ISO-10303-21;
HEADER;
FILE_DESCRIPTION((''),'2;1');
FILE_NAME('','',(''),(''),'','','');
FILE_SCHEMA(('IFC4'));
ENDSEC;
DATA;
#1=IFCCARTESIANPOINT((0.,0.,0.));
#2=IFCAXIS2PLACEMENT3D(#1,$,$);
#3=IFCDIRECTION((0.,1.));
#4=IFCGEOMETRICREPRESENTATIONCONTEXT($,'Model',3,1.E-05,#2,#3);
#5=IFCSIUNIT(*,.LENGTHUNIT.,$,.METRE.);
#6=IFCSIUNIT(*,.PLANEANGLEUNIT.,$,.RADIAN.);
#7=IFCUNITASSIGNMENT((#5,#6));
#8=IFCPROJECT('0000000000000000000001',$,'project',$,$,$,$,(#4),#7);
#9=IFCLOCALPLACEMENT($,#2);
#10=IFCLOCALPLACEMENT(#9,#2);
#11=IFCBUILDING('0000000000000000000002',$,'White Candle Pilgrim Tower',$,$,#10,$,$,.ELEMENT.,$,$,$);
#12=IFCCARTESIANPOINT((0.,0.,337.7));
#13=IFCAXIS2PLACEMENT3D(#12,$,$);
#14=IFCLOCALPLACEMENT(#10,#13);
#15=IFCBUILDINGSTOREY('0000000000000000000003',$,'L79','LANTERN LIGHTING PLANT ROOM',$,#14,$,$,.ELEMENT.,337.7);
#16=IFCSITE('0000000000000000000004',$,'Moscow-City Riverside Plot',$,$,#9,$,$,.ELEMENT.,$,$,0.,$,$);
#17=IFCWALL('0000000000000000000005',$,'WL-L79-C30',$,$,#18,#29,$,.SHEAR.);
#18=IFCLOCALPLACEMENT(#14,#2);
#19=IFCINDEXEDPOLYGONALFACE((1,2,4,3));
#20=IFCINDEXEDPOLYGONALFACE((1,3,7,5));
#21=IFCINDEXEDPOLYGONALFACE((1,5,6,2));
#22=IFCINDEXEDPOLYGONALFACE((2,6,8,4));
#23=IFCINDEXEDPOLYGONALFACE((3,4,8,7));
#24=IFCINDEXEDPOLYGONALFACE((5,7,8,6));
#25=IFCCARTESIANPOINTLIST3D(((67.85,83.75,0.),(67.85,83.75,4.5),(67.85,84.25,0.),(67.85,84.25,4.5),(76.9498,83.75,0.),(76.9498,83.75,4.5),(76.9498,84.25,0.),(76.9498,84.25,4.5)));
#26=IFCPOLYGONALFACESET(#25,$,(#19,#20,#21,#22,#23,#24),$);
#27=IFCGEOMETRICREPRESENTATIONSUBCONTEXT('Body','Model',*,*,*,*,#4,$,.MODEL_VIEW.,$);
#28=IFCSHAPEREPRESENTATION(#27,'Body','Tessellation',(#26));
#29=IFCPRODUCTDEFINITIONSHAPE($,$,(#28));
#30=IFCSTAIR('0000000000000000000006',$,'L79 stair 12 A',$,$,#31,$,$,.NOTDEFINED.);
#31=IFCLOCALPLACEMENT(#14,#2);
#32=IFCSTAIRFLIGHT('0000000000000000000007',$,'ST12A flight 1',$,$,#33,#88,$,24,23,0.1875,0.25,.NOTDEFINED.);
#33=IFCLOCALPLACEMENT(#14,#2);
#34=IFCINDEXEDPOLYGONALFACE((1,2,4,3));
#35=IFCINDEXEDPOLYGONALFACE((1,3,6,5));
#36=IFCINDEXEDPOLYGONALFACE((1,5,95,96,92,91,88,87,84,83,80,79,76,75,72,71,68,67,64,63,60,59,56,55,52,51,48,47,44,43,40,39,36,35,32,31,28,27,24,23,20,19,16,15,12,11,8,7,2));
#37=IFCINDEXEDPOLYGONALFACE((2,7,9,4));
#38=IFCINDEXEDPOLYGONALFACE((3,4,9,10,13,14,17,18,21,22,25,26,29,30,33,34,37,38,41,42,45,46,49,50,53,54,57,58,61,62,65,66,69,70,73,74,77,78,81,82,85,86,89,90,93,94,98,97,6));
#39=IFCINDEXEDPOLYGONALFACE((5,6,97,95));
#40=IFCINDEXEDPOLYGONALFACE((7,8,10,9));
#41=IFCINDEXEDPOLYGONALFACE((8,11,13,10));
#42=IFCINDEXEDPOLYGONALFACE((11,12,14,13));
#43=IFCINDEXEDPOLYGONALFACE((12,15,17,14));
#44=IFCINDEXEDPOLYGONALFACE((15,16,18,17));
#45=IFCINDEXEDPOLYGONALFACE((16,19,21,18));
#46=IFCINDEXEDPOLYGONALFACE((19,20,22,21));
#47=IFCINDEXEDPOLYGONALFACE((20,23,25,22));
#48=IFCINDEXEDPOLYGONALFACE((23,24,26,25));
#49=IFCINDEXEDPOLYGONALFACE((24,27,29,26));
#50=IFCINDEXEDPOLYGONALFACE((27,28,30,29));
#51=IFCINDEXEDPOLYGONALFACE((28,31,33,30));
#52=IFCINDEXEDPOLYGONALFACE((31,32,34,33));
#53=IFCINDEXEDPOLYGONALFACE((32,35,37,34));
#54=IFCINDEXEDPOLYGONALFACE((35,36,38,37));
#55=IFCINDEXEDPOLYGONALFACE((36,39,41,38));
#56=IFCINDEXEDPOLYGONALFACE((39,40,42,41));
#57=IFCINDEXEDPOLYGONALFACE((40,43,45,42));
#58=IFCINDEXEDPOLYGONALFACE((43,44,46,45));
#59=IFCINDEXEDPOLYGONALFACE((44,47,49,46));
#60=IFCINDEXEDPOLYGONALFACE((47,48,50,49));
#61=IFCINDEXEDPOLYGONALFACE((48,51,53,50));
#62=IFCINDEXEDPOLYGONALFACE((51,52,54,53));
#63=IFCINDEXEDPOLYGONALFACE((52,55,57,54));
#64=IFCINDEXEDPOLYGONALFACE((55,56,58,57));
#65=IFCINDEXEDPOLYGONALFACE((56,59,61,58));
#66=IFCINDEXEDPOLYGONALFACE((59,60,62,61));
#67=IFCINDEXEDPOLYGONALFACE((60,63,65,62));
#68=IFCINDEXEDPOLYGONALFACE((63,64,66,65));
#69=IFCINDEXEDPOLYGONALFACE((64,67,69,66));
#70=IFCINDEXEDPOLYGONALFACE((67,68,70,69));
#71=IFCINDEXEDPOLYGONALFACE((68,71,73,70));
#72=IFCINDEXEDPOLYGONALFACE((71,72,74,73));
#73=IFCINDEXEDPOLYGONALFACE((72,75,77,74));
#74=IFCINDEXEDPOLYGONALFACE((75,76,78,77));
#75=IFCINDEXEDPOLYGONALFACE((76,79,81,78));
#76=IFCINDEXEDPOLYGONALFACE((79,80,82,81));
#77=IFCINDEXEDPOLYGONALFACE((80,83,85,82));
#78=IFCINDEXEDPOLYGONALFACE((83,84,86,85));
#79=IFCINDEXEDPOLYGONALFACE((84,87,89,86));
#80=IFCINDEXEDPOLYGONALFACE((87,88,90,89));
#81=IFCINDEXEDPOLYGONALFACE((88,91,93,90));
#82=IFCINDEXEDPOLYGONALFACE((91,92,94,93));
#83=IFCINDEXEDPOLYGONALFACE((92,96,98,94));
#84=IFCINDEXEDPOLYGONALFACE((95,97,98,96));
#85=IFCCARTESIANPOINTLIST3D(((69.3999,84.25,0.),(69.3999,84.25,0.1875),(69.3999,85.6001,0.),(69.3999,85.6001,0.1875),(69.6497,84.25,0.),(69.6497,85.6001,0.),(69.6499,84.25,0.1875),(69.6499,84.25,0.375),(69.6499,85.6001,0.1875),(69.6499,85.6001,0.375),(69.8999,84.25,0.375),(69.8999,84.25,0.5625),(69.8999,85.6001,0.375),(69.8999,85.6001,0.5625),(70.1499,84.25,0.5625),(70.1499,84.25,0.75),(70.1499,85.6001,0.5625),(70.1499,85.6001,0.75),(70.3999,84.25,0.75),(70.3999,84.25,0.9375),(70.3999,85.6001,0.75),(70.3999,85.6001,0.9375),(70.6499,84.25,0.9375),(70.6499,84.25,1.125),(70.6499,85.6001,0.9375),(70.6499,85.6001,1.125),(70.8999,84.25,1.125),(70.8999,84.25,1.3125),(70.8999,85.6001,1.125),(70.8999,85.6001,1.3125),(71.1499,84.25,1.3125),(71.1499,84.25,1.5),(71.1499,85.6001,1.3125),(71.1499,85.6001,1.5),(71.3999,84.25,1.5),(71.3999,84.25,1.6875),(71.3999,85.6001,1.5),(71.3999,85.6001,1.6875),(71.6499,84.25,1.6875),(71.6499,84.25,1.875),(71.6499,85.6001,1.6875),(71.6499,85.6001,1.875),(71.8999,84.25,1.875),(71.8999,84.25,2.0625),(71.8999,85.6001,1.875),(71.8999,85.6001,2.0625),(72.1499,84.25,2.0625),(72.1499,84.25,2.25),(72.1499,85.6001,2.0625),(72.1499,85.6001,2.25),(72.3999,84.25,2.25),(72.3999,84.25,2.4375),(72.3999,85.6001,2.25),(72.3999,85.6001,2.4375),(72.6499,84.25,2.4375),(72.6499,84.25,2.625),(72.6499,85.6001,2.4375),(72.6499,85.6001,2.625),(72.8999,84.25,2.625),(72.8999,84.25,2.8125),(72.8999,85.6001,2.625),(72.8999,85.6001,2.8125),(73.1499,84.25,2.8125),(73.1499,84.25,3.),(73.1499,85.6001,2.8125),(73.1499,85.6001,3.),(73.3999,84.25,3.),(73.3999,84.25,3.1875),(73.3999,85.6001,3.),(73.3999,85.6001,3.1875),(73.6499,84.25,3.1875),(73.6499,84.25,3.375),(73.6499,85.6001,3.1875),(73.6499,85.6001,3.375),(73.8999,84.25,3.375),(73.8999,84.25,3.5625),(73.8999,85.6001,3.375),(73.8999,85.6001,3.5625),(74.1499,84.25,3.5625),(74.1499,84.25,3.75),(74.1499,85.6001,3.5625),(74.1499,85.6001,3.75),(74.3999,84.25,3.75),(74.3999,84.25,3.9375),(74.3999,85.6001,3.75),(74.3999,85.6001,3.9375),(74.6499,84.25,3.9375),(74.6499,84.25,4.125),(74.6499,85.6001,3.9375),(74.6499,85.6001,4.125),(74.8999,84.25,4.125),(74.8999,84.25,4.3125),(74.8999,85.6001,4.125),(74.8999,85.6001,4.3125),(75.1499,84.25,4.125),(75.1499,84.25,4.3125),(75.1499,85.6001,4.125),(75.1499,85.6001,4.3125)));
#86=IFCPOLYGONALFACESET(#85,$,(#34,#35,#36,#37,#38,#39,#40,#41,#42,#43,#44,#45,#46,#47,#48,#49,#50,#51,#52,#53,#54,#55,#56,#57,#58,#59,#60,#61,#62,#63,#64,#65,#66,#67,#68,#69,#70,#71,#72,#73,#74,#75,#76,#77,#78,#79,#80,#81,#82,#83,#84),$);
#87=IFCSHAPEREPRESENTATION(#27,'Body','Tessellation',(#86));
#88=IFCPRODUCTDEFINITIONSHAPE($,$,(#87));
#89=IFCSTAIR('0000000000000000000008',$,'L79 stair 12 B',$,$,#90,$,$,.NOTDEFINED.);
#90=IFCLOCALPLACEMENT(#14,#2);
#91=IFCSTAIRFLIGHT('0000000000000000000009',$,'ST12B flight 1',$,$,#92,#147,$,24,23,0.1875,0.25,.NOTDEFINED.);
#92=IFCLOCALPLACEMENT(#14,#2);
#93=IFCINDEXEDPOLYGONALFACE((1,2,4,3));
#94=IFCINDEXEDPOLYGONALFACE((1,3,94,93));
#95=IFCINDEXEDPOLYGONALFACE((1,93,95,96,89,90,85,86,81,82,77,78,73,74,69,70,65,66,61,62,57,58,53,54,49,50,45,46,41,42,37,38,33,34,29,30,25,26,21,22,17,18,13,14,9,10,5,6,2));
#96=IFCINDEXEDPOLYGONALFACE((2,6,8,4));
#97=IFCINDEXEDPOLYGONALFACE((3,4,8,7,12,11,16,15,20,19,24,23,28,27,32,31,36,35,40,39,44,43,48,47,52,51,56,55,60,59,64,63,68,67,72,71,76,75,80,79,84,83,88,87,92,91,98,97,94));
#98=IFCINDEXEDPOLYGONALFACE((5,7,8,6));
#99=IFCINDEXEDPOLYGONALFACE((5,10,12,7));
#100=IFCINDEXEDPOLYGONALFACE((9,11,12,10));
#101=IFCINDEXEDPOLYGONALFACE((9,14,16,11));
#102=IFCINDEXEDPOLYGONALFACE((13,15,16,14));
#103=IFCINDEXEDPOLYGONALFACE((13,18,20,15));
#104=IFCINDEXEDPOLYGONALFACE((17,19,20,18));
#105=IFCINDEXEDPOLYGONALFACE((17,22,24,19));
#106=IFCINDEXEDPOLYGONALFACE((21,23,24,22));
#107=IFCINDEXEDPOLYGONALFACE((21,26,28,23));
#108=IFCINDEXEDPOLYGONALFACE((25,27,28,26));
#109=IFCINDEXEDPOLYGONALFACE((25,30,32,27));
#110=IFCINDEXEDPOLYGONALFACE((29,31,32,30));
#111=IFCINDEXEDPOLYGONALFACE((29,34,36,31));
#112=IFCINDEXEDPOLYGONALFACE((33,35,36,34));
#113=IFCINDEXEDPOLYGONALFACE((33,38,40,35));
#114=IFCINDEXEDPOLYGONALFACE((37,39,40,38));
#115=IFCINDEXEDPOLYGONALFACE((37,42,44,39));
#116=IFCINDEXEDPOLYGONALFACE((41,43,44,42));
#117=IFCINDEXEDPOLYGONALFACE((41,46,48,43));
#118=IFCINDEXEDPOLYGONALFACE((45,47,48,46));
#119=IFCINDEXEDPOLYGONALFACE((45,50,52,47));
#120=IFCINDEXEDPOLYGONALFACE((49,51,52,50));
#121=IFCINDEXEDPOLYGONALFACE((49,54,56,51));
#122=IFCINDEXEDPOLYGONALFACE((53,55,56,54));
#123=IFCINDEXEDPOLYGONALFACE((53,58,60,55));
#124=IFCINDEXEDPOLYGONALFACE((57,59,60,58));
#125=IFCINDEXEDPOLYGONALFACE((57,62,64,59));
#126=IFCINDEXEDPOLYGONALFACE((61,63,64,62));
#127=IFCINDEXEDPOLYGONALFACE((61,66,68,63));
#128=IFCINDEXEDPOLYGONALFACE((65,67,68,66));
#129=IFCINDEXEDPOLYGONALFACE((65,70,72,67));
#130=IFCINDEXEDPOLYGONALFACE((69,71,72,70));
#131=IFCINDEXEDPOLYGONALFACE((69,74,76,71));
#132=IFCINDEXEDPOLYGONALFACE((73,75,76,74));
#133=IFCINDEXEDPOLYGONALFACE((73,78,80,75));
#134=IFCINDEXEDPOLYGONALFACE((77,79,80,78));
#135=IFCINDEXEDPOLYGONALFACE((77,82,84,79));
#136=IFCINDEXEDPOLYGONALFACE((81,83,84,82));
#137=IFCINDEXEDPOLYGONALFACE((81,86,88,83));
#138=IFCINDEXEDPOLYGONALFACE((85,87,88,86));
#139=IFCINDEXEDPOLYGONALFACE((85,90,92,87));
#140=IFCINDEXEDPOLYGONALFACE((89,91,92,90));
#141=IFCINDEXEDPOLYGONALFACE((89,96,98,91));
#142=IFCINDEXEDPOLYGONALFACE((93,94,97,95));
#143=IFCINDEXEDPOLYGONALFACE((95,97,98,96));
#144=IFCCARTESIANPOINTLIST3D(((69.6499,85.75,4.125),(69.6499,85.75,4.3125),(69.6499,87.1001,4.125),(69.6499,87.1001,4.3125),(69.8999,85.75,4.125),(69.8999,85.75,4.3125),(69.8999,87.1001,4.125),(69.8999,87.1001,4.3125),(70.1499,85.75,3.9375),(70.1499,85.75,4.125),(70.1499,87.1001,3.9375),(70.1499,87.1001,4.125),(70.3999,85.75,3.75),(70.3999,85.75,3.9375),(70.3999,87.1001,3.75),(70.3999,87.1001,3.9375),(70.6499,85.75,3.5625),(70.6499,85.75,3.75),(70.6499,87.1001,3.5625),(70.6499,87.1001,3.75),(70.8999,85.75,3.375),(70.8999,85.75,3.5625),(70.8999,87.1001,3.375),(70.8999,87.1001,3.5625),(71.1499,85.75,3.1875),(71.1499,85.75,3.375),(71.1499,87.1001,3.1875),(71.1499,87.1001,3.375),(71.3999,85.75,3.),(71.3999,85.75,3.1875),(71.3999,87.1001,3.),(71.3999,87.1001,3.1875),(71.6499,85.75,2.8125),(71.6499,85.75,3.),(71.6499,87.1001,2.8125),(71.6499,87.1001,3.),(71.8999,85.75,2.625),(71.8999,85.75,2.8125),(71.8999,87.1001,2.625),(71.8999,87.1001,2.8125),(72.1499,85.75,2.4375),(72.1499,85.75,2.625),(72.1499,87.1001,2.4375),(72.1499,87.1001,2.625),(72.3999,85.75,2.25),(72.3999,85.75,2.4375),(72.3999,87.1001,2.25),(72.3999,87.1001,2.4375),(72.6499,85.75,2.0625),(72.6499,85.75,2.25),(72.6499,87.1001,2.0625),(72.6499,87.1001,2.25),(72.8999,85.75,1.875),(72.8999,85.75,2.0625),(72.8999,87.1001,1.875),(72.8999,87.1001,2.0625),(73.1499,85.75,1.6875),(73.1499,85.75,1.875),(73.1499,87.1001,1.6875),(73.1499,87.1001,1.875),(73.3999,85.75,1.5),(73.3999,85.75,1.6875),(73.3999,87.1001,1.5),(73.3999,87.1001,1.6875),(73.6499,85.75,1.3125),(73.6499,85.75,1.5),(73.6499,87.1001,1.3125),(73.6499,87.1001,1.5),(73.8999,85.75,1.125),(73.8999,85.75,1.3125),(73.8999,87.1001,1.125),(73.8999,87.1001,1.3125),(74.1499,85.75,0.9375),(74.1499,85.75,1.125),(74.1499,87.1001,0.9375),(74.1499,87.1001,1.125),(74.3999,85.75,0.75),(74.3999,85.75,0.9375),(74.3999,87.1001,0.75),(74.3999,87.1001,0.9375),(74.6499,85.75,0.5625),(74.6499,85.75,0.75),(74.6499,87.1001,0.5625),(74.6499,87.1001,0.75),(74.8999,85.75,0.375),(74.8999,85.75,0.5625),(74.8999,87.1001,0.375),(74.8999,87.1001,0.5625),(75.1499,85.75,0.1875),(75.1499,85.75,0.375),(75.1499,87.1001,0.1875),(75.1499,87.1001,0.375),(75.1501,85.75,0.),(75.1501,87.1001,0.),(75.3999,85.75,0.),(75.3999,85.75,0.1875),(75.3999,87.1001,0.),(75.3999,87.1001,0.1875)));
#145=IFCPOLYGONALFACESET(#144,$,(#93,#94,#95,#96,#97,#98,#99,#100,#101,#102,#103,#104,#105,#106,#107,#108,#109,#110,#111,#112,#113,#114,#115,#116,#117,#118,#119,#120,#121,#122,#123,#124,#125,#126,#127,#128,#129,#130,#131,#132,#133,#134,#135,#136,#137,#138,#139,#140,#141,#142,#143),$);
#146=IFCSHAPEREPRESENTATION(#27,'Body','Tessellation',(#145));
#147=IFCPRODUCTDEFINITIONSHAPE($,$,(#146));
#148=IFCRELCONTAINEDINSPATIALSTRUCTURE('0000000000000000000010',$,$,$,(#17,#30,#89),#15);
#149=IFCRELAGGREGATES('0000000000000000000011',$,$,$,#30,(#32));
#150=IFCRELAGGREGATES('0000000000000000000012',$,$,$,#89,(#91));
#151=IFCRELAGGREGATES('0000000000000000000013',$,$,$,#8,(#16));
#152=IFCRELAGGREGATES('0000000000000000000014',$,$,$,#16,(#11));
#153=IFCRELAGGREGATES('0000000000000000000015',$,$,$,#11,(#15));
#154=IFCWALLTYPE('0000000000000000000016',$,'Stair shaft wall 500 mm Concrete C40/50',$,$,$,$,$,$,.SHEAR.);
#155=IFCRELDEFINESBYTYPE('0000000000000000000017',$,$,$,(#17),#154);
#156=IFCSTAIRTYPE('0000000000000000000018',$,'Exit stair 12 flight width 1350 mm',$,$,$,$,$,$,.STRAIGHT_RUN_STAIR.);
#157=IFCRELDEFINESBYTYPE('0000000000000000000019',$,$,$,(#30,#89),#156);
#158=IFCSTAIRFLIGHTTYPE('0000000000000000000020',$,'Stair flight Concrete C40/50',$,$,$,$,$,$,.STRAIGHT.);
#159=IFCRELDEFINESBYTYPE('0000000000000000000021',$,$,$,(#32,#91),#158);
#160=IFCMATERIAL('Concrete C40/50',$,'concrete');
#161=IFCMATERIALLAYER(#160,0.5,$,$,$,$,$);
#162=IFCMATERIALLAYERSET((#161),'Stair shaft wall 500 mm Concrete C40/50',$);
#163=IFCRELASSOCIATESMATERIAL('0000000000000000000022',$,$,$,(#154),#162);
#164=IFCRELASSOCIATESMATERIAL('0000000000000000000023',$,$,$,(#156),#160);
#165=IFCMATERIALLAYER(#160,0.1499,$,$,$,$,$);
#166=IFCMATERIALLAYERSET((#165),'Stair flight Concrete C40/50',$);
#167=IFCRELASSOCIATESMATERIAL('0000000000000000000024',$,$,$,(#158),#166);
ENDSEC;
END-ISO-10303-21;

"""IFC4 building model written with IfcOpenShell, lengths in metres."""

from ifc_helpers import new_model, si_unit, direction, frame, frame_2d, origin, place, context, subcontext, project, spatial, polyline, rectangle, outline, extrude, material, layer, layer_set, type_object, element, aggregate, save


model = new_model("IFC4")

# Units and contexts
model_context = context("Model", 3, precision=1e-05, world=origin(), true_north=direction((0.0, 1.0)))
body_context = subcontext(model_context, "Body", "Model", "MODEL_VIEW")
ifc_project = project(units=[si_unit("LENGTHUNIT", "METRE"), si_unit("PLANEANGLEUNIT", "RADIAN")], contexts=[model_context])

# Site, building, storey
site_placement = place(None, origin())
site = spatial("IfcSite", under=ifc_project, at=site_placement, Name="Moscow-City Riverside Plot", CompositionType="ELEMENT", RefElevation=0.0)
building_placement = place(site_placement, origin())
building = spatial("IfcBuilding", under=site, at=building_placement, Name="White Candle Pilgrim Tower", CompositionType="ELEMENT")
storey_placement = place(building_placement, frame((0.0, 0.0, 337.7)))
storey = spatial("IfcBuildingStorey", under=building, at=storey_placement, Name="L79", Description="LANTERN LIGHTING PLANT ROOM", CompositionType="ELEMENT", Elevation=337.7)

# Shared definitions
ifc_material_1 = material(Name="Concrete C40/50", Category="concrete")

# Wall
ifc_layer_1 = layer(ifc_material_1, 0.5)
ifc_layer_set_1 = layer_set([ifc_layer_1], Name="Stair shaft wall 500 mm Concrete C40/50")
wall_type_1 = type_object("IfcWallType", Name="Stair shaft wall 500 mm Concrete C40/50", PredefinedType="SHEAR", material=ifc_layer_set_1)
wall_1_placement = place(storey_placement, frame((67.8501, 84.0, 0.0), z_axis=(0.0, 0.0, 1.0), x_axis=(1.0, 0.0, 0.0)))
element("IfcWall", 1, at=wall_1_placement, inside=storey, type_object=wall_type_1, Name="WL-L79-C30", PredefinedType="SHEAR", context=body_context, shape_type="SweptSolid", body=[
    extrude(rectangle(XDim=9.0999, YDim=0.5, at=frame_2d((4.5498, 0.0))), origin(), (0.0, 0.0, 1.0), 4.5),
])

# Stairs, stair flights
stair_type = type_object("IfcStairType", Name="Exit stair 12 flight width 1350 mm", PredefinedType="STRAIGHT_RUN_STAIR", material=ifc_material_1)
stair_1_placement = place(storey_placement, origin())
stair_1 = element("IfcStair", 2, at=stair_1_placement, inside=storey, type_object=stair_type, Name="L79 stair 12 A", PredefinedType="NOTDEFINED")
ifc_layer_2 = layer(ifc_material_1, 0.1499)
ifc_layer_set_2 = layer_set([ifc_layer_2], Name="Stair flight Concrete C40/50")
stair_flight_type = type_object("IfcStairFlightType", Name="Stair flight Concrete C40/50", PredefinedType="STRAIGHT", material=ifc_layer_set_2)
stair_flight_1_placement = place(storey_placement, frame((69.3999, 84.925, 0.0), z_axis=(0.0, 0.0, 1.0), x_axis=(1.0, 0.0, 0.0)))
stair_flight_1 = element("IfcStairFlight", 3, at=stair_flight_1_placement, type_object=stair_flight_type, Name="ST12A flight 1", NumberOfRisers=24, NumberOfTreads=23, PredefinedType="NOTDEFINED", RiserHeight=0.1875, TreadLength=0.25, context=body_context, shape_type="SweptSolid", body=[
    extrude(outline(polyline([(0.0, 0.0), (0.0, 0.1875), (0.25, 0.1875), (0.25, 0.375), (0.5, 0.375), (0.5, 0.5625), (0.75, 0.5625), (0.75, 0.75), (1.0, 0.75), (1.0, 0.9375), (1.25, 0.9375), (1.25, 1.125), (1.5, 1.125), (1.5, 1.3125), (1.75, 1.3125), (1.75, 1.5), (2.0, 1.5), (2.0, 1.6875), (2.25, 1.6875), (2.25, 1.875), (2.5, 1.875), (2.5, 2.0625), (2.75, 2.0625), (2.75, 2.25), (3.0, 2.25), (3.0, 2.4375), (3.25, 2.4375), (3.25, 2.625), (3.5, 2.625), (3.5, 2.8125), (3.75, 2.8125), (3.75, 3.0), (4.0, 3.0), (4.0, 3.1875), (4.25, 3.1875), (4.25, 3.375), (4.5, 3.375), (4.5, 3.5625), (4.75, 3.5625), (4.75, 3.75), (5.0, 3.75), (5.0, 3.9375), (5.25, 3.9375), (5.25, 4.125), (5.5, 4.125), (5.5, 4.3125), (5.75, 4.3125), (5.75, 4.5), (5.75, 4.125), (0.2498, 0.0), (0.0, 0.0)])), frame((0.0, 0.675, 0.0), z_axis=(0.0, -1.0, 0.0), x_axis=(1.0, 0.0, 0.0)), (0.0, 0.0, 1.0), 1.3501),
])
aggregate(stair_1, [stair_flight_1])
stair_2_placement = place(storey_placement, origin())
stair_2 = element("IfcStair", 4, at=stair_2_placement, inside=storey, type_object=stair_type, Name="L79 stair 12 B", PredefinedType="NOTDEFINED")
stair_flight_2_placement = place(storey_placement, frame((75.3999, 86.425, 0.0), z_axis=(0.0, 0.0, 1.0), x_axis=(-1.0, 0.0, 0.0)))
stair_flight_2 = element("IfcStairFlight", 5, at=stair_flight_2_placement, type_object=stair_flight_type, Name="ST12B flight 1", NumberOfRisers=24, NumberOfTreads=23, PredefinedType="NOTDEFINED", RiserHeight=0.1875, TreadLength=0.25, context=body_context, shape_type="SweptSolid", body=[
    extrude(outline(polyline([(0.0, 0.0), (0.0, 0.1875), (0.25, 0.1875), (0.25, 0.375), (0.5, 0.375), (0.5, 0.5625), (0.75, 0.5625), (0.75, 0.75), (1.0, 0.75), (1.0, 0.9375), (1.25, 0.9375), (1.25, 1.125), (1.5, 1.125), (1.5, 1.3125), (1.75, 1.3125), (1.75, 1.5), (2.0, 1.5), (2.0, 1.6875), (2.25, 1.6875), (2.25, 1.875), (2.5, 1.875), (2.5, 2.0625), (2.75, 2.0625), (2.75, 2.25), (3.0, 2.25), (3.0, 2.4375), (3.25, 2.4375), (3.25, 2.625), (3.5, 2.625), (3.5, 2.8125), (3.75, 2.8125), (3.75, 3.0), (4.0, 3.0), (4.0, 3.1875), (4.25, 3.1875), (4.25, 3.375), (4.5, 3.375), (4.5, 3.5625), (4.75, 3.5625), (4.75, 3.75), (5.0, 3.75), (5.0, 3.9375), (5.25, 3.9375), (5.25, 4.125), (5.5, 4.125), (5.5, 4.3125), (5.75, 4.3125), (5.75, 4.5), (5.75, 4.125), (0.2498, 0.0), (0.0, 0.0)])), frame((0.0, 0.675, 0.0), z_axis=(0.0, -1.0, 0.0), x_axis=(1.0, 0.0, 0.0)), (0.0, 0.0, 1.0), 1.3501),
])
aggregate(stair_2, [stair_flight_2])

save(model, "model.ifc")
